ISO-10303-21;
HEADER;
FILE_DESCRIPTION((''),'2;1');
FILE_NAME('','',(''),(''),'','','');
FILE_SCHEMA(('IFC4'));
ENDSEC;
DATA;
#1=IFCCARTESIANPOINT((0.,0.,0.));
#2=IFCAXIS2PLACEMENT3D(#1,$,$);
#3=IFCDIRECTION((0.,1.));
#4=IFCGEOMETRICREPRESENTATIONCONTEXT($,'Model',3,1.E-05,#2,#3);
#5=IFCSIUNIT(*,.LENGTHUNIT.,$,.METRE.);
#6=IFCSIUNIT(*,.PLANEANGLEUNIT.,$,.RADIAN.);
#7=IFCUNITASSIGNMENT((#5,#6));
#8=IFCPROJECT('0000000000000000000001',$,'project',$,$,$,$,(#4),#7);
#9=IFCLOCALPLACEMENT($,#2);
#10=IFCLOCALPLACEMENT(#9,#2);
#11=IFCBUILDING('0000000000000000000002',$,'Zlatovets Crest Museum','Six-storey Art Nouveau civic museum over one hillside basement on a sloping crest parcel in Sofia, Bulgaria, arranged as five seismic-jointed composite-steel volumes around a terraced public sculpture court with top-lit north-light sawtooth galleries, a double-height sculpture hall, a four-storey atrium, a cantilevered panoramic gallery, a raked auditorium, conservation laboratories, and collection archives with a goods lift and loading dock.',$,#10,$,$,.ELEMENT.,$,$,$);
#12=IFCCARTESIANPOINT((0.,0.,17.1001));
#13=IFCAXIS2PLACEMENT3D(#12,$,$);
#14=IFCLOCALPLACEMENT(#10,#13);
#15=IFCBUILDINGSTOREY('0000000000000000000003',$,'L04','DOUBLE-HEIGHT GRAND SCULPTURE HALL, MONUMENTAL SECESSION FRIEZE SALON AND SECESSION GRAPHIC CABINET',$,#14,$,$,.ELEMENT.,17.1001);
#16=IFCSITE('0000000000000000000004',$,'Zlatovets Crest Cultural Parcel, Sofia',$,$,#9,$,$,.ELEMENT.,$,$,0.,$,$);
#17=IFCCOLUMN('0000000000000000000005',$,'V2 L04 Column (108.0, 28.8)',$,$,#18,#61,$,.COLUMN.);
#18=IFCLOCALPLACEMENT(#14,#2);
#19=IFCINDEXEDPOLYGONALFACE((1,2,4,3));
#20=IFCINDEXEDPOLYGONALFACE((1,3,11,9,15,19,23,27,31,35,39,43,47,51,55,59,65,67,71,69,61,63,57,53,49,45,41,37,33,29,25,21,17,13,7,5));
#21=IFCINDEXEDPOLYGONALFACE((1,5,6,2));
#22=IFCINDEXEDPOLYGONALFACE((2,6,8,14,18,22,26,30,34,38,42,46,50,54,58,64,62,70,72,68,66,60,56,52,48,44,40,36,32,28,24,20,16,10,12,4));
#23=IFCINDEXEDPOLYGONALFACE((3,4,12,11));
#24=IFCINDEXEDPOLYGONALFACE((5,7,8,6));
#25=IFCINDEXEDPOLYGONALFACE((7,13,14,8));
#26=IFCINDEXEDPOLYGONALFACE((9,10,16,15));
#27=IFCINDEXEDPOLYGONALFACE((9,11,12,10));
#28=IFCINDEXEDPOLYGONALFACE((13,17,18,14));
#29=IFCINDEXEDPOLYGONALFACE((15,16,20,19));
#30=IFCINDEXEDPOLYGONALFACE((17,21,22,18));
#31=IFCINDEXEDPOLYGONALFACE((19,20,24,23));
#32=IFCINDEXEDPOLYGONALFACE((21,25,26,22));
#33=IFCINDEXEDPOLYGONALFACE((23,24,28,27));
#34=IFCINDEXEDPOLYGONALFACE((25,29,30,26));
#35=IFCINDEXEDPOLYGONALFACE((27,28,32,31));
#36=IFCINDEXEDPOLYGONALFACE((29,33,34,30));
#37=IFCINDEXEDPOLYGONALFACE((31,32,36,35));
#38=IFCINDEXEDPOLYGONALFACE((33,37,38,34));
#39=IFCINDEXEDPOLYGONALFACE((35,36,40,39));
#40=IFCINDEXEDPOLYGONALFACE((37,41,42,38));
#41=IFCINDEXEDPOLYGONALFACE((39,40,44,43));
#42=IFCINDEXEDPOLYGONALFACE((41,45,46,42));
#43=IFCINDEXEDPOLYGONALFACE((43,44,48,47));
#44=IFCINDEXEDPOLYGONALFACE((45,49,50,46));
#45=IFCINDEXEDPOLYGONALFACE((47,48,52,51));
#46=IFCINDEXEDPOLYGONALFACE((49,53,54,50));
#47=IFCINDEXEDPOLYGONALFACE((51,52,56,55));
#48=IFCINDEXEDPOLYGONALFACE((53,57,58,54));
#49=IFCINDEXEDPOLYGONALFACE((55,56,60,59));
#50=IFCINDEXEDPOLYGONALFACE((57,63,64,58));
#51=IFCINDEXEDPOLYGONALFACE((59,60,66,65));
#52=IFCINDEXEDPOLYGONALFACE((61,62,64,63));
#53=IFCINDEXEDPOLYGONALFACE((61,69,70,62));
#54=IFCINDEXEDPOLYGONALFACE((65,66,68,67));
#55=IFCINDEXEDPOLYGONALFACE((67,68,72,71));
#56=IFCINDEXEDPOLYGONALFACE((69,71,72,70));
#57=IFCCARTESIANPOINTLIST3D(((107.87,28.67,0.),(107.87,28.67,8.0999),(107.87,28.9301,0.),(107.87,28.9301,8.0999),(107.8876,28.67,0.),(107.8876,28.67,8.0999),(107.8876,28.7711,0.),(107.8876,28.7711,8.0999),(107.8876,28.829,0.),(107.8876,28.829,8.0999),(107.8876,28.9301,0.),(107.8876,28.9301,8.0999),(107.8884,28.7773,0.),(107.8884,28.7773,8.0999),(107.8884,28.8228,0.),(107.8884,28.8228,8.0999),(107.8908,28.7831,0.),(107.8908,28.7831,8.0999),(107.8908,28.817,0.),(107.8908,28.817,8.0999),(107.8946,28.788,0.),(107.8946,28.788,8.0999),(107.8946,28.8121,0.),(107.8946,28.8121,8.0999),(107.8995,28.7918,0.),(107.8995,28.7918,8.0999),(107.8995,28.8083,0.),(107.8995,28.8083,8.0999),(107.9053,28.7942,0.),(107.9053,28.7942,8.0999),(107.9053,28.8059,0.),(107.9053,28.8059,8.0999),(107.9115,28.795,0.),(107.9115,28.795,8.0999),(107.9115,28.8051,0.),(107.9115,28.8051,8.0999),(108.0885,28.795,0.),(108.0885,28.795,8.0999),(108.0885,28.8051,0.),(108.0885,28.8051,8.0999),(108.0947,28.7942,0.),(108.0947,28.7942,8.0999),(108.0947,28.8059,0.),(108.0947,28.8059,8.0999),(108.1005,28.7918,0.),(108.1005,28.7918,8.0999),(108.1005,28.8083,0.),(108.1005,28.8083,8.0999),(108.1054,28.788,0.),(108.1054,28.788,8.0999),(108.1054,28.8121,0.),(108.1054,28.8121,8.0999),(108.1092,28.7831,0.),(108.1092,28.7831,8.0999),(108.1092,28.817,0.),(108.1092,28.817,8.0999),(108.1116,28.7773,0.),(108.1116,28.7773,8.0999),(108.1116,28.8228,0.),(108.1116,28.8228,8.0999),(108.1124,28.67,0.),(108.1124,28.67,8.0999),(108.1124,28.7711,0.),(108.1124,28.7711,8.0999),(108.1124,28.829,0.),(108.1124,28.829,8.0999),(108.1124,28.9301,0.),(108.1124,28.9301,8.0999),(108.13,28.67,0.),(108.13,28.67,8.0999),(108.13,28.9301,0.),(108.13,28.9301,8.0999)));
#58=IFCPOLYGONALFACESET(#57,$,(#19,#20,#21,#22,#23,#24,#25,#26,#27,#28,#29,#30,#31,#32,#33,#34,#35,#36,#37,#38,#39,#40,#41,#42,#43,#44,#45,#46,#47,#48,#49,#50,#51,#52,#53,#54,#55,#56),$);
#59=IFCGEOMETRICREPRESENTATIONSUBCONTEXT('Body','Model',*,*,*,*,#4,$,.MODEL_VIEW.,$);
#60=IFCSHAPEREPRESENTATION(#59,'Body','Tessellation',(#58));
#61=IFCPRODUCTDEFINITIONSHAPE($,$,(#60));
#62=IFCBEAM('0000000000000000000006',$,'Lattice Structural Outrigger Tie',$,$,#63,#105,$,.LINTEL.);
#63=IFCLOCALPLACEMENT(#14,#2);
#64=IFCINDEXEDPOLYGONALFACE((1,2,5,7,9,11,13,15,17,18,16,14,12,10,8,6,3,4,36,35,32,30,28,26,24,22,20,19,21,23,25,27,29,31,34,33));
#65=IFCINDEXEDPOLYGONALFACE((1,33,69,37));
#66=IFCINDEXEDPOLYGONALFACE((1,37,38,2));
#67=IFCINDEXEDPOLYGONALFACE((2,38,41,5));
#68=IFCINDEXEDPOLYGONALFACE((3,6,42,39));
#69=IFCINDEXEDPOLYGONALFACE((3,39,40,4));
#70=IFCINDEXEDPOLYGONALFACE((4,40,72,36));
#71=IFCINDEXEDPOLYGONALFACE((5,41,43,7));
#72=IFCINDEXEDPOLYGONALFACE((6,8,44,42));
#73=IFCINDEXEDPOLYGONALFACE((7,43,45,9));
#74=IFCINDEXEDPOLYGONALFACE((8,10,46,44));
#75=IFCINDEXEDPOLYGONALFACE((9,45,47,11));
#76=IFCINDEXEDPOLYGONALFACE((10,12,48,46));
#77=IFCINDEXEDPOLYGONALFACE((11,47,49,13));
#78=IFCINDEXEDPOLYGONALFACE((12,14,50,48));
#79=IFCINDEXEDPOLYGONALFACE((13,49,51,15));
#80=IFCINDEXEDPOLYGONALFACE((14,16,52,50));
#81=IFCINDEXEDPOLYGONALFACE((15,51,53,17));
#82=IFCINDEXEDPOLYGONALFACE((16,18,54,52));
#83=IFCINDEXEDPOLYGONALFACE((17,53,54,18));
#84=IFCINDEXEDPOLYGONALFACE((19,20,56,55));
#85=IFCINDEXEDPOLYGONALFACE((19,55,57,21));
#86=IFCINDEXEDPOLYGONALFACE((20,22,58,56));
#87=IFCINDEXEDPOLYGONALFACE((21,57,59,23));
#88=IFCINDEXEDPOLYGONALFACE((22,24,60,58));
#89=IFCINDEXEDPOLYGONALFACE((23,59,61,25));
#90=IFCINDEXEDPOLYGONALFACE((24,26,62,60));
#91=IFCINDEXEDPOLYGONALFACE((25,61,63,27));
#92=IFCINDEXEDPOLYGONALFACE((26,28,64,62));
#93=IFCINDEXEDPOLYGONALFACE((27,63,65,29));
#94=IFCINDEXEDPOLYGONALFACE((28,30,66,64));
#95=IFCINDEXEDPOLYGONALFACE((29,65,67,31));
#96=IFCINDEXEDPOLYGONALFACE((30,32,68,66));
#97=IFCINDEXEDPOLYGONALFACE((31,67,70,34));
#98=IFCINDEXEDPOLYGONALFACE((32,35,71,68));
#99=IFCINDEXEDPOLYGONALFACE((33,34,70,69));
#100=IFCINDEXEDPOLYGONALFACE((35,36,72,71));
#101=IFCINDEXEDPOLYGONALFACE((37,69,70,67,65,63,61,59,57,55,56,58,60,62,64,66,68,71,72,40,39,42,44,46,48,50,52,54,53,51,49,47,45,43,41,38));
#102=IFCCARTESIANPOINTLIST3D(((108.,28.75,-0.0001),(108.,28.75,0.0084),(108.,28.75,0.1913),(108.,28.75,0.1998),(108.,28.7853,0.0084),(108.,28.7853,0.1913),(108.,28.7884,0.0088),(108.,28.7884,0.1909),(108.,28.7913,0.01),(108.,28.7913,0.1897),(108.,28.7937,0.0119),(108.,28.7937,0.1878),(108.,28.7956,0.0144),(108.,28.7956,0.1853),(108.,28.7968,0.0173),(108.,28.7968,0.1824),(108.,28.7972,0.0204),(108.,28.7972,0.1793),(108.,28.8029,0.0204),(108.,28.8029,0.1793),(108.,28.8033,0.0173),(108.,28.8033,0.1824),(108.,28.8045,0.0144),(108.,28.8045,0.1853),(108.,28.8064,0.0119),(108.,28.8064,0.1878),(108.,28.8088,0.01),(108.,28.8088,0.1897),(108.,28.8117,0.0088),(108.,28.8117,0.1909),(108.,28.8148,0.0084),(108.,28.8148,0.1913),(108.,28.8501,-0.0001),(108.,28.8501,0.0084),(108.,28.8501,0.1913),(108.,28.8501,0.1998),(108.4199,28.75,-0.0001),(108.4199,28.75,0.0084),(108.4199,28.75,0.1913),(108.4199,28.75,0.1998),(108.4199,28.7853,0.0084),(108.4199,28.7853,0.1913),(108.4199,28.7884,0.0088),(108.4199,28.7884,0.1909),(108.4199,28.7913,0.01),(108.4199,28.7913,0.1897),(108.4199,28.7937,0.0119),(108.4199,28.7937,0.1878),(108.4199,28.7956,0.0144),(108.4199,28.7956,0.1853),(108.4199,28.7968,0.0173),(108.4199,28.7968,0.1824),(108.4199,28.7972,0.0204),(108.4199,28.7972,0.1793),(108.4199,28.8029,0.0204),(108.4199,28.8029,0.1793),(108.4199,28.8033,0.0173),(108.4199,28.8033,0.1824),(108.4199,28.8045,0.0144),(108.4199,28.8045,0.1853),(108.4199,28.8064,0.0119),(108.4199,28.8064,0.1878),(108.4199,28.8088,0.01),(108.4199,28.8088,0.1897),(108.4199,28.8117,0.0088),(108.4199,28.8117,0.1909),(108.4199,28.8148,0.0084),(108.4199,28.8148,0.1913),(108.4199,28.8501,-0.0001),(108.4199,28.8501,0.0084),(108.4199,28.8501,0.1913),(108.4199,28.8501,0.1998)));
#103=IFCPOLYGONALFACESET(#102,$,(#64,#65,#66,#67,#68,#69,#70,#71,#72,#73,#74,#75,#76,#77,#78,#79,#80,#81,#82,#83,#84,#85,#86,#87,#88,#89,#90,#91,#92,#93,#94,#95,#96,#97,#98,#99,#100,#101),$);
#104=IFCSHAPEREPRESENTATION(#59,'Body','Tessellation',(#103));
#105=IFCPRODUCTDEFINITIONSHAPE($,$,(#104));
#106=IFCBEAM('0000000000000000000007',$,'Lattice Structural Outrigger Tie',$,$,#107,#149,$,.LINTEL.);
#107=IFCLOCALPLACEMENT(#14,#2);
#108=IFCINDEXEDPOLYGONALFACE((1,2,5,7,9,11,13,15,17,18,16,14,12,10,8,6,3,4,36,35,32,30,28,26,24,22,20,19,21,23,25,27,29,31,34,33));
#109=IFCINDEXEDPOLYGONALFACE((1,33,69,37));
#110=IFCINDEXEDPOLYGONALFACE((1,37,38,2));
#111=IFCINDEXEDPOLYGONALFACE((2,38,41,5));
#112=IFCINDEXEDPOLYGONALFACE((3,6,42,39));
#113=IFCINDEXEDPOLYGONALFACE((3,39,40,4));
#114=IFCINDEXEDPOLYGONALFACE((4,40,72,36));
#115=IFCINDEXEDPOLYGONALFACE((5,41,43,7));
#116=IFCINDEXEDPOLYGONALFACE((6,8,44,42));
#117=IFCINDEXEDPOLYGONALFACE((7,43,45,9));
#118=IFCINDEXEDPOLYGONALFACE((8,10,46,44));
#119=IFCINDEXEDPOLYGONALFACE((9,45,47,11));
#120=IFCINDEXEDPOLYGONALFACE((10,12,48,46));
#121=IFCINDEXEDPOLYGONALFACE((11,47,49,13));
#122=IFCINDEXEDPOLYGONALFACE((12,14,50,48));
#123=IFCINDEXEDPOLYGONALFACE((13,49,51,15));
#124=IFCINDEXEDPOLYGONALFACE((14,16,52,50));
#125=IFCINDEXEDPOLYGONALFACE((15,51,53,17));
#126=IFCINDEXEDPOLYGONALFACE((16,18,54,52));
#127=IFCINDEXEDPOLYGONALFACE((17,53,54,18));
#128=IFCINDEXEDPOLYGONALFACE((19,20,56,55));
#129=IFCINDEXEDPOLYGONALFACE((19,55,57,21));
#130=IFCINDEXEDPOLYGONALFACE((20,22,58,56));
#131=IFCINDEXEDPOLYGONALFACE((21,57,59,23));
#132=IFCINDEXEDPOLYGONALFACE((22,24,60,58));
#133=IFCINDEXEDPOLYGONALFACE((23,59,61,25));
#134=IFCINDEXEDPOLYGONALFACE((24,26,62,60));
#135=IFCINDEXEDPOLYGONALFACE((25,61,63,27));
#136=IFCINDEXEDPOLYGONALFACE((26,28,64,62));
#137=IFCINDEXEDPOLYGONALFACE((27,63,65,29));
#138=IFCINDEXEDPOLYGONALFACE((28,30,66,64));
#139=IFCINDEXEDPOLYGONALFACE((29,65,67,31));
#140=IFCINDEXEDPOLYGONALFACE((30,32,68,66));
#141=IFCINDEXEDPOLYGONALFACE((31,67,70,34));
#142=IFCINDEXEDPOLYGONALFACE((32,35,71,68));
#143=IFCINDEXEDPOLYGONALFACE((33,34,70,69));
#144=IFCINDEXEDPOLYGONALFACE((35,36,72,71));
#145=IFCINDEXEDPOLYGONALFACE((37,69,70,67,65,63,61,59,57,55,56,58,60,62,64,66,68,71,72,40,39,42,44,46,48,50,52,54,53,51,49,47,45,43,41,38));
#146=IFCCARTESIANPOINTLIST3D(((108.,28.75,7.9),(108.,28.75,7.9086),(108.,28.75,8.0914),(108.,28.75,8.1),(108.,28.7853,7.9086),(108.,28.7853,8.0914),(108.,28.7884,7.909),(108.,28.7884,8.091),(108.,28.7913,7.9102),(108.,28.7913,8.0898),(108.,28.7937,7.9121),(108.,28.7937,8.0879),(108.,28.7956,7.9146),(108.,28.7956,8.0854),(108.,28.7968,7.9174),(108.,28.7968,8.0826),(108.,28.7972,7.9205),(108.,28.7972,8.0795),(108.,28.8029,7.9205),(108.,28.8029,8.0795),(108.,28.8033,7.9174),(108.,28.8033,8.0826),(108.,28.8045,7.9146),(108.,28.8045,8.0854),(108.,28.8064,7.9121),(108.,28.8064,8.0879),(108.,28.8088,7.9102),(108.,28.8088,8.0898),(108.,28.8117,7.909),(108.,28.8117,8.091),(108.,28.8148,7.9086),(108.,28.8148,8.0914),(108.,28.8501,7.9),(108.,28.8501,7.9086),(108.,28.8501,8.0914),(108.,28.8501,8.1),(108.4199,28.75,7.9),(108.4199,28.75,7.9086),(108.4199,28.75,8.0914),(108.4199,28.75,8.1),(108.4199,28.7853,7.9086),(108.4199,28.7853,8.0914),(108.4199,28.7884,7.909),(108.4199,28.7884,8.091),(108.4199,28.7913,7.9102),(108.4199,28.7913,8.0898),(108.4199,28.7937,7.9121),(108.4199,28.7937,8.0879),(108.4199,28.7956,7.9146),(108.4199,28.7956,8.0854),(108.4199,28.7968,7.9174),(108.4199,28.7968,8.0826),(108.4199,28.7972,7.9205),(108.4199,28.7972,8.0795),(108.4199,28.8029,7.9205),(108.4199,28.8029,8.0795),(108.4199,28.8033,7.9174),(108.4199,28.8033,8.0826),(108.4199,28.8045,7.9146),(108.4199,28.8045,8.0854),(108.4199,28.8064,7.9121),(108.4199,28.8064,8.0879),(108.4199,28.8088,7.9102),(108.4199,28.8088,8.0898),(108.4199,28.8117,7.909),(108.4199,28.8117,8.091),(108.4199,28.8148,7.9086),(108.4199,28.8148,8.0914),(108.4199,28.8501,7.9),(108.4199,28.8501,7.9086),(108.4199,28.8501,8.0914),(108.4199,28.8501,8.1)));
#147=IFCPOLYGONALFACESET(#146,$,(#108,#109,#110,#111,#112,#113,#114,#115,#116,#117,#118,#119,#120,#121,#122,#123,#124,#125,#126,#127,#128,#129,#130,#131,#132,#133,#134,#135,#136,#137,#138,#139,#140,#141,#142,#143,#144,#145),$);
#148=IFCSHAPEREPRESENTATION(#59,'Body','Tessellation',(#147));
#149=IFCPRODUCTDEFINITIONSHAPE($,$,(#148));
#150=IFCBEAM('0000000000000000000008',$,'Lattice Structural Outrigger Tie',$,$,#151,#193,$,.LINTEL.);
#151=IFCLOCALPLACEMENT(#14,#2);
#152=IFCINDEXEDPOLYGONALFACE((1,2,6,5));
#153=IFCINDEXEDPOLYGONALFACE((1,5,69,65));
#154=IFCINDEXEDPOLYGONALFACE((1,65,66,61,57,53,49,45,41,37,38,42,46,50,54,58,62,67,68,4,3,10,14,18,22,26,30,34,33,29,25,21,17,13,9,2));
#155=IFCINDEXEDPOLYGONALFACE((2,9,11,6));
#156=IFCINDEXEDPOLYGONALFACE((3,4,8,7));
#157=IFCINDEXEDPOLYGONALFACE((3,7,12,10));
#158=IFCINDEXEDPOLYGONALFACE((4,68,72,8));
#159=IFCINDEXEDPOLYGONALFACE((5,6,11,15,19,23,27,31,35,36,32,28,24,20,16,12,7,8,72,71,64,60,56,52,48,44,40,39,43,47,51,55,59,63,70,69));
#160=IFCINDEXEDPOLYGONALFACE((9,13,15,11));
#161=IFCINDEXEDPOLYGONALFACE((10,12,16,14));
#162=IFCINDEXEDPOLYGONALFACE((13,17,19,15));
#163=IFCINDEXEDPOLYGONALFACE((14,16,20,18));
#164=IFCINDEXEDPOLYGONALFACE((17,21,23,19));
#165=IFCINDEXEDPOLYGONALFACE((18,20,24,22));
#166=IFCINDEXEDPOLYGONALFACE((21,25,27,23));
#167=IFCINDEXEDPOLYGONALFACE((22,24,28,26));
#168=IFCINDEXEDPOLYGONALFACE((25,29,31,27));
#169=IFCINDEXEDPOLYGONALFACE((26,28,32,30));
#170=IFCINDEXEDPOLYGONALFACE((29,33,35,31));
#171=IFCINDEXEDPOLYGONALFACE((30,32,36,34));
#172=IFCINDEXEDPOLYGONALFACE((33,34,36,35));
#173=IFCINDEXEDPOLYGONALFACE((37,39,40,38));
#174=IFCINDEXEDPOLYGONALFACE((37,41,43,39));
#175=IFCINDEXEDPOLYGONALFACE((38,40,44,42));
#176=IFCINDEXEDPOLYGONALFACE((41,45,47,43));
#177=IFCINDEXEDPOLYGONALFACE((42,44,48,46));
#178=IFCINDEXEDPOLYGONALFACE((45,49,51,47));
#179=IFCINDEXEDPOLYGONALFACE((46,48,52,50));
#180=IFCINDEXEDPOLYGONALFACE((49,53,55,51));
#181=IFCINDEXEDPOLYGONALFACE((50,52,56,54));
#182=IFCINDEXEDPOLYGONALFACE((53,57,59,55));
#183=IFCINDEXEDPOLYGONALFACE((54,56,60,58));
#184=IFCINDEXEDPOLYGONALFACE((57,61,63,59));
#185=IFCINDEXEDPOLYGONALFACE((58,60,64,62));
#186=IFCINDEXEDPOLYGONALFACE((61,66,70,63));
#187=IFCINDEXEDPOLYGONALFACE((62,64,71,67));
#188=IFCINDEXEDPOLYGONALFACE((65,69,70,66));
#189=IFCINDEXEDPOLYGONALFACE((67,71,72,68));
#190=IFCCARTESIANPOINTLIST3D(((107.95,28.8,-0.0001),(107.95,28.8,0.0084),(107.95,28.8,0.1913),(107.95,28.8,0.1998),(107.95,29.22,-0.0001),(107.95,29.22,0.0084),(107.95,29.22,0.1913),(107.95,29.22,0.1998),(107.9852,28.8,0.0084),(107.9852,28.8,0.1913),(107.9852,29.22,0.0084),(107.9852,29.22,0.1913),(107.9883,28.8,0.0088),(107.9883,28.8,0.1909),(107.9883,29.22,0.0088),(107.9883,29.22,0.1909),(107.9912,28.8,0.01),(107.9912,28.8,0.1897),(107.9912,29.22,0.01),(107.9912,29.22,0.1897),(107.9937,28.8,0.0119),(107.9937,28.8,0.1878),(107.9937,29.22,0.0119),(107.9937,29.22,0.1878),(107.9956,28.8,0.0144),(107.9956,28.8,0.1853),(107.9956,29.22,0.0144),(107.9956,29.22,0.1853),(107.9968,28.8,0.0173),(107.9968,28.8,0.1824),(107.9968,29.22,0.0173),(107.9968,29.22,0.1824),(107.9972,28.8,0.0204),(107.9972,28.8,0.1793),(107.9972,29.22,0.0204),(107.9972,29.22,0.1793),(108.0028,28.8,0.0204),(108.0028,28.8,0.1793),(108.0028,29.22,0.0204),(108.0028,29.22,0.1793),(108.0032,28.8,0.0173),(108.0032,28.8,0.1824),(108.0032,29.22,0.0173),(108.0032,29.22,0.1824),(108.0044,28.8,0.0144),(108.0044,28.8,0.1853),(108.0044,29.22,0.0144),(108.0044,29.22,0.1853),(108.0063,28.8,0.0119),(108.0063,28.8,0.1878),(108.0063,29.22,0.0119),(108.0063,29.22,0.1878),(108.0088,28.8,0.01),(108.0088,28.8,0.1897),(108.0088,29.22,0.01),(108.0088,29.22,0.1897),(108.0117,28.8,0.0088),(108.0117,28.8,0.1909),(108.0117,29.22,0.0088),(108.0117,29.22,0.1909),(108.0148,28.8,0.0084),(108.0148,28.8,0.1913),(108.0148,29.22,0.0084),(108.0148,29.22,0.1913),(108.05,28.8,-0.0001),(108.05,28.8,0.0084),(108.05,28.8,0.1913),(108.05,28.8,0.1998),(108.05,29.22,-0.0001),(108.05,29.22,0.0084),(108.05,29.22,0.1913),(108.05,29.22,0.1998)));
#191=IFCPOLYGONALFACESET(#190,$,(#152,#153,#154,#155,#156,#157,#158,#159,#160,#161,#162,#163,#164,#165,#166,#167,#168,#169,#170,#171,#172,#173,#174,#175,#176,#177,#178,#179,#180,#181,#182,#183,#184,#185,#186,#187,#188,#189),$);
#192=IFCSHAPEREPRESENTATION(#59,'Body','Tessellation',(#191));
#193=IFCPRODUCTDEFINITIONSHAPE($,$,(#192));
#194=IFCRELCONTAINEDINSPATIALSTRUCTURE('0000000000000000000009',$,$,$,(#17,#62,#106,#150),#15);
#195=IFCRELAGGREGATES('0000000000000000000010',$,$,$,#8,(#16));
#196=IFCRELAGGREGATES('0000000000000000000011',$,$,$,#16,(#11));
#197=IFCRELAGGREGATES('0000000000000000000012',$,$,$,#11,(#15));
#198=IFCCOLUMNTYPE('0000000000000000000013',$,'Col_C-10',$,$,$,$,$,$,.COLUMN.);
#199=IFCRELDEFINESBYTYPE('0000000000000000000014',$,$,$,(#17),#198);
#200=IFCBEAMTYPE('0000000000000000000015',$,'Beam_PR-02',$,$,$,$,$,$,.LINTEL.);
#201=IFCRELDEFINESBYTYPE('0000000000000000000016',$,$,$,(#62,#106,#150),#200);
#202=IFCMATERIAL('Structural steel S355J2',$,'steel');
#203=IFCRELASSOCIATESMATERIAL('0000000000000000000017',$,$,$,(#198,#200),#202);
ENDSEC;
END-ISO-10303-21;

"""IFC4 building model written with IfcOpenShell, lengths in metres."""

from ifc_helpers import new_model, si_unit, direction, frame, origin, origin_2d, place, context, subcontext, project, spatial, i_section, extrude, material, material_profile, profile_set, type_object, element, save


model = new_model("IFC4")

# Units and contexts
model_context = context("Model", 3, precision=1e-05, world=origin(), true_north=direction((0.0, 1.0)))
body_context = subcontext(model_context, "Body", "Model", "MODEL_VIEW")
ifc_project = project(units=[si_unit("LENGTHUNIT", "METRE"), si_unit("PLANEANGLEUNIT", "RADIAN")], contexts=[model_context])

# Site, building, storey
site_placement = place(None, origin())
site = spatial("IfcSite", under=ifc_project, at=site_placement, Name="Zlatovets Crest Cultural Parcel, Sofia", CompositionType="ELEMENT", RefElevation=0.0)
building_placement = place(site_placement, origin())
building = spatial("IfcBuilding", under=site, at=building_placement, Name="Zlatovets Crest Museum", Description="Six-storey Art Nouveau civic museum over one hillside basement on a sloping crest parcel in Sofia, Bulgaria, arranged as five seismic-jointed composite-steel volumes around a terraced public sculpture court with top-lit north-light sawtooth galleries, a double-height sculpture hall, a four-storey atrium, a cantilevered panoramic gallery, a raked auditorium, conservation laboratories, and collection archives with a goods lift and loading dock.", CompositionType="ELEMENT")
storey_placement = place(building_placement, frame((0.0, 0.0, 17.1001)))
storey = spatial("IfcBuildingStorey", under=building, at=storey_placement, Name="L04", Description="DOUBLE-HEIGHT GRAND SCULPTURE HALL, MONUMENTAL SECESSION FRIEZE SALON AND SECESSION GRAPHIC CABINET", CompositionType="ELEMENT", Elevation=17.1001)

# Column
ifc_material_1 = material(Name="Structural steel S355J2", Category="steel")
ifc_material_profile_1 = material_profile(ifc_material_1, i_section(OverallWidth=0.26, OverallDepth=0.26, WebThickness=0.01, FlangeThickness=0.0176, FilletRadius=0.0239, at=origin_2d()), Name="HEB 260")
ifc_profile_set_1 = profile_set([ifc_material_profile_1], Name="Structural steel S355J2")
column_type = type_object("IfcColumnType", Name="Col_C-10", PredefinedType="COLUMN", material=ifc_profile_set_1)
column_placement = place(storey_placement, frame((108.0, 28.8, 0.0), z_axis=(0.0, 0.0, 1.0), x_axis=(0.0, 1.0, 0.0)))
element("IfcColumn", 1, at=column_placement, inside=storey, type_object=column_type, Name="V2 L04 Column (108.0, 28.8)", PredefinedType="COLUMN", context=body_context, shape_type="SweptSolid", body=[
    extrude(i_section(OverallWidth=0.26, OverallDepth=0.26, WebThickness=0.01, FlangeThickness=0.0176, FilletRadius=0.0239, at=origin_2d()), origin(), (0.0, 0.0, 1.0), 8.0999),
])

# Beams
ifc_material_profile_2 = material_profile(ifc_material_1, i_section(OverallWidth=0.1001, OverallDepth=0.2, WebThickness=0.0056, FlangeThickness=0.0085, FilletRadius=0.012, at=origin_2d()), Name="IPE 200")
ifc_profile_set_2 = profile_set([ifc_material_profile_2], Name="Structural steel S355J2")
beam_type = type_object("IfcBeamType", Name="Beam_PR-02", PredefinedType="LINTEL", material=ifc_profile_set_2)
for number, where, z_axis, x_axis, name in (
    (2, (108.0, 28.8, 0.0999), (1.0, 0.0, 0.0), (0.0, 1.0, 0.0), "Lattice Structural Outrigger Tie"),
    (3, (108.0, 28.8, 8.0), (1.0, 0.0, 0.0), (0.0, 1.0, 0.0), "Lattice Structural Outrigger Tie"),
    (4, (108.0, 28.8, 0.0999), (0.0, 1.0, 0.0), (-1.0, 0.0, 0.0), "Lattice Structural Outrigger Tie"),
):
    element("IfcBeam", number, at=place(storey_placement, frame(where, z_axis=z_axis, x_axis=x_axis)), inside=storey, type_object=beam_type, Name=name, PredefinedType="LINTEL", context=body_context, shape_type="SweptSolid", body=[
        extrude(i_section(OverallWidth=0.1001, OverallDepth=0.2, WebThickness=0.0056, FlangeThickness=0.0085, FilletRadius=0.012, at=origin_2d()), origin(), (0.0, 0.0, 1.0), 0.4199),
    ])

save(model, "model.ifc")
